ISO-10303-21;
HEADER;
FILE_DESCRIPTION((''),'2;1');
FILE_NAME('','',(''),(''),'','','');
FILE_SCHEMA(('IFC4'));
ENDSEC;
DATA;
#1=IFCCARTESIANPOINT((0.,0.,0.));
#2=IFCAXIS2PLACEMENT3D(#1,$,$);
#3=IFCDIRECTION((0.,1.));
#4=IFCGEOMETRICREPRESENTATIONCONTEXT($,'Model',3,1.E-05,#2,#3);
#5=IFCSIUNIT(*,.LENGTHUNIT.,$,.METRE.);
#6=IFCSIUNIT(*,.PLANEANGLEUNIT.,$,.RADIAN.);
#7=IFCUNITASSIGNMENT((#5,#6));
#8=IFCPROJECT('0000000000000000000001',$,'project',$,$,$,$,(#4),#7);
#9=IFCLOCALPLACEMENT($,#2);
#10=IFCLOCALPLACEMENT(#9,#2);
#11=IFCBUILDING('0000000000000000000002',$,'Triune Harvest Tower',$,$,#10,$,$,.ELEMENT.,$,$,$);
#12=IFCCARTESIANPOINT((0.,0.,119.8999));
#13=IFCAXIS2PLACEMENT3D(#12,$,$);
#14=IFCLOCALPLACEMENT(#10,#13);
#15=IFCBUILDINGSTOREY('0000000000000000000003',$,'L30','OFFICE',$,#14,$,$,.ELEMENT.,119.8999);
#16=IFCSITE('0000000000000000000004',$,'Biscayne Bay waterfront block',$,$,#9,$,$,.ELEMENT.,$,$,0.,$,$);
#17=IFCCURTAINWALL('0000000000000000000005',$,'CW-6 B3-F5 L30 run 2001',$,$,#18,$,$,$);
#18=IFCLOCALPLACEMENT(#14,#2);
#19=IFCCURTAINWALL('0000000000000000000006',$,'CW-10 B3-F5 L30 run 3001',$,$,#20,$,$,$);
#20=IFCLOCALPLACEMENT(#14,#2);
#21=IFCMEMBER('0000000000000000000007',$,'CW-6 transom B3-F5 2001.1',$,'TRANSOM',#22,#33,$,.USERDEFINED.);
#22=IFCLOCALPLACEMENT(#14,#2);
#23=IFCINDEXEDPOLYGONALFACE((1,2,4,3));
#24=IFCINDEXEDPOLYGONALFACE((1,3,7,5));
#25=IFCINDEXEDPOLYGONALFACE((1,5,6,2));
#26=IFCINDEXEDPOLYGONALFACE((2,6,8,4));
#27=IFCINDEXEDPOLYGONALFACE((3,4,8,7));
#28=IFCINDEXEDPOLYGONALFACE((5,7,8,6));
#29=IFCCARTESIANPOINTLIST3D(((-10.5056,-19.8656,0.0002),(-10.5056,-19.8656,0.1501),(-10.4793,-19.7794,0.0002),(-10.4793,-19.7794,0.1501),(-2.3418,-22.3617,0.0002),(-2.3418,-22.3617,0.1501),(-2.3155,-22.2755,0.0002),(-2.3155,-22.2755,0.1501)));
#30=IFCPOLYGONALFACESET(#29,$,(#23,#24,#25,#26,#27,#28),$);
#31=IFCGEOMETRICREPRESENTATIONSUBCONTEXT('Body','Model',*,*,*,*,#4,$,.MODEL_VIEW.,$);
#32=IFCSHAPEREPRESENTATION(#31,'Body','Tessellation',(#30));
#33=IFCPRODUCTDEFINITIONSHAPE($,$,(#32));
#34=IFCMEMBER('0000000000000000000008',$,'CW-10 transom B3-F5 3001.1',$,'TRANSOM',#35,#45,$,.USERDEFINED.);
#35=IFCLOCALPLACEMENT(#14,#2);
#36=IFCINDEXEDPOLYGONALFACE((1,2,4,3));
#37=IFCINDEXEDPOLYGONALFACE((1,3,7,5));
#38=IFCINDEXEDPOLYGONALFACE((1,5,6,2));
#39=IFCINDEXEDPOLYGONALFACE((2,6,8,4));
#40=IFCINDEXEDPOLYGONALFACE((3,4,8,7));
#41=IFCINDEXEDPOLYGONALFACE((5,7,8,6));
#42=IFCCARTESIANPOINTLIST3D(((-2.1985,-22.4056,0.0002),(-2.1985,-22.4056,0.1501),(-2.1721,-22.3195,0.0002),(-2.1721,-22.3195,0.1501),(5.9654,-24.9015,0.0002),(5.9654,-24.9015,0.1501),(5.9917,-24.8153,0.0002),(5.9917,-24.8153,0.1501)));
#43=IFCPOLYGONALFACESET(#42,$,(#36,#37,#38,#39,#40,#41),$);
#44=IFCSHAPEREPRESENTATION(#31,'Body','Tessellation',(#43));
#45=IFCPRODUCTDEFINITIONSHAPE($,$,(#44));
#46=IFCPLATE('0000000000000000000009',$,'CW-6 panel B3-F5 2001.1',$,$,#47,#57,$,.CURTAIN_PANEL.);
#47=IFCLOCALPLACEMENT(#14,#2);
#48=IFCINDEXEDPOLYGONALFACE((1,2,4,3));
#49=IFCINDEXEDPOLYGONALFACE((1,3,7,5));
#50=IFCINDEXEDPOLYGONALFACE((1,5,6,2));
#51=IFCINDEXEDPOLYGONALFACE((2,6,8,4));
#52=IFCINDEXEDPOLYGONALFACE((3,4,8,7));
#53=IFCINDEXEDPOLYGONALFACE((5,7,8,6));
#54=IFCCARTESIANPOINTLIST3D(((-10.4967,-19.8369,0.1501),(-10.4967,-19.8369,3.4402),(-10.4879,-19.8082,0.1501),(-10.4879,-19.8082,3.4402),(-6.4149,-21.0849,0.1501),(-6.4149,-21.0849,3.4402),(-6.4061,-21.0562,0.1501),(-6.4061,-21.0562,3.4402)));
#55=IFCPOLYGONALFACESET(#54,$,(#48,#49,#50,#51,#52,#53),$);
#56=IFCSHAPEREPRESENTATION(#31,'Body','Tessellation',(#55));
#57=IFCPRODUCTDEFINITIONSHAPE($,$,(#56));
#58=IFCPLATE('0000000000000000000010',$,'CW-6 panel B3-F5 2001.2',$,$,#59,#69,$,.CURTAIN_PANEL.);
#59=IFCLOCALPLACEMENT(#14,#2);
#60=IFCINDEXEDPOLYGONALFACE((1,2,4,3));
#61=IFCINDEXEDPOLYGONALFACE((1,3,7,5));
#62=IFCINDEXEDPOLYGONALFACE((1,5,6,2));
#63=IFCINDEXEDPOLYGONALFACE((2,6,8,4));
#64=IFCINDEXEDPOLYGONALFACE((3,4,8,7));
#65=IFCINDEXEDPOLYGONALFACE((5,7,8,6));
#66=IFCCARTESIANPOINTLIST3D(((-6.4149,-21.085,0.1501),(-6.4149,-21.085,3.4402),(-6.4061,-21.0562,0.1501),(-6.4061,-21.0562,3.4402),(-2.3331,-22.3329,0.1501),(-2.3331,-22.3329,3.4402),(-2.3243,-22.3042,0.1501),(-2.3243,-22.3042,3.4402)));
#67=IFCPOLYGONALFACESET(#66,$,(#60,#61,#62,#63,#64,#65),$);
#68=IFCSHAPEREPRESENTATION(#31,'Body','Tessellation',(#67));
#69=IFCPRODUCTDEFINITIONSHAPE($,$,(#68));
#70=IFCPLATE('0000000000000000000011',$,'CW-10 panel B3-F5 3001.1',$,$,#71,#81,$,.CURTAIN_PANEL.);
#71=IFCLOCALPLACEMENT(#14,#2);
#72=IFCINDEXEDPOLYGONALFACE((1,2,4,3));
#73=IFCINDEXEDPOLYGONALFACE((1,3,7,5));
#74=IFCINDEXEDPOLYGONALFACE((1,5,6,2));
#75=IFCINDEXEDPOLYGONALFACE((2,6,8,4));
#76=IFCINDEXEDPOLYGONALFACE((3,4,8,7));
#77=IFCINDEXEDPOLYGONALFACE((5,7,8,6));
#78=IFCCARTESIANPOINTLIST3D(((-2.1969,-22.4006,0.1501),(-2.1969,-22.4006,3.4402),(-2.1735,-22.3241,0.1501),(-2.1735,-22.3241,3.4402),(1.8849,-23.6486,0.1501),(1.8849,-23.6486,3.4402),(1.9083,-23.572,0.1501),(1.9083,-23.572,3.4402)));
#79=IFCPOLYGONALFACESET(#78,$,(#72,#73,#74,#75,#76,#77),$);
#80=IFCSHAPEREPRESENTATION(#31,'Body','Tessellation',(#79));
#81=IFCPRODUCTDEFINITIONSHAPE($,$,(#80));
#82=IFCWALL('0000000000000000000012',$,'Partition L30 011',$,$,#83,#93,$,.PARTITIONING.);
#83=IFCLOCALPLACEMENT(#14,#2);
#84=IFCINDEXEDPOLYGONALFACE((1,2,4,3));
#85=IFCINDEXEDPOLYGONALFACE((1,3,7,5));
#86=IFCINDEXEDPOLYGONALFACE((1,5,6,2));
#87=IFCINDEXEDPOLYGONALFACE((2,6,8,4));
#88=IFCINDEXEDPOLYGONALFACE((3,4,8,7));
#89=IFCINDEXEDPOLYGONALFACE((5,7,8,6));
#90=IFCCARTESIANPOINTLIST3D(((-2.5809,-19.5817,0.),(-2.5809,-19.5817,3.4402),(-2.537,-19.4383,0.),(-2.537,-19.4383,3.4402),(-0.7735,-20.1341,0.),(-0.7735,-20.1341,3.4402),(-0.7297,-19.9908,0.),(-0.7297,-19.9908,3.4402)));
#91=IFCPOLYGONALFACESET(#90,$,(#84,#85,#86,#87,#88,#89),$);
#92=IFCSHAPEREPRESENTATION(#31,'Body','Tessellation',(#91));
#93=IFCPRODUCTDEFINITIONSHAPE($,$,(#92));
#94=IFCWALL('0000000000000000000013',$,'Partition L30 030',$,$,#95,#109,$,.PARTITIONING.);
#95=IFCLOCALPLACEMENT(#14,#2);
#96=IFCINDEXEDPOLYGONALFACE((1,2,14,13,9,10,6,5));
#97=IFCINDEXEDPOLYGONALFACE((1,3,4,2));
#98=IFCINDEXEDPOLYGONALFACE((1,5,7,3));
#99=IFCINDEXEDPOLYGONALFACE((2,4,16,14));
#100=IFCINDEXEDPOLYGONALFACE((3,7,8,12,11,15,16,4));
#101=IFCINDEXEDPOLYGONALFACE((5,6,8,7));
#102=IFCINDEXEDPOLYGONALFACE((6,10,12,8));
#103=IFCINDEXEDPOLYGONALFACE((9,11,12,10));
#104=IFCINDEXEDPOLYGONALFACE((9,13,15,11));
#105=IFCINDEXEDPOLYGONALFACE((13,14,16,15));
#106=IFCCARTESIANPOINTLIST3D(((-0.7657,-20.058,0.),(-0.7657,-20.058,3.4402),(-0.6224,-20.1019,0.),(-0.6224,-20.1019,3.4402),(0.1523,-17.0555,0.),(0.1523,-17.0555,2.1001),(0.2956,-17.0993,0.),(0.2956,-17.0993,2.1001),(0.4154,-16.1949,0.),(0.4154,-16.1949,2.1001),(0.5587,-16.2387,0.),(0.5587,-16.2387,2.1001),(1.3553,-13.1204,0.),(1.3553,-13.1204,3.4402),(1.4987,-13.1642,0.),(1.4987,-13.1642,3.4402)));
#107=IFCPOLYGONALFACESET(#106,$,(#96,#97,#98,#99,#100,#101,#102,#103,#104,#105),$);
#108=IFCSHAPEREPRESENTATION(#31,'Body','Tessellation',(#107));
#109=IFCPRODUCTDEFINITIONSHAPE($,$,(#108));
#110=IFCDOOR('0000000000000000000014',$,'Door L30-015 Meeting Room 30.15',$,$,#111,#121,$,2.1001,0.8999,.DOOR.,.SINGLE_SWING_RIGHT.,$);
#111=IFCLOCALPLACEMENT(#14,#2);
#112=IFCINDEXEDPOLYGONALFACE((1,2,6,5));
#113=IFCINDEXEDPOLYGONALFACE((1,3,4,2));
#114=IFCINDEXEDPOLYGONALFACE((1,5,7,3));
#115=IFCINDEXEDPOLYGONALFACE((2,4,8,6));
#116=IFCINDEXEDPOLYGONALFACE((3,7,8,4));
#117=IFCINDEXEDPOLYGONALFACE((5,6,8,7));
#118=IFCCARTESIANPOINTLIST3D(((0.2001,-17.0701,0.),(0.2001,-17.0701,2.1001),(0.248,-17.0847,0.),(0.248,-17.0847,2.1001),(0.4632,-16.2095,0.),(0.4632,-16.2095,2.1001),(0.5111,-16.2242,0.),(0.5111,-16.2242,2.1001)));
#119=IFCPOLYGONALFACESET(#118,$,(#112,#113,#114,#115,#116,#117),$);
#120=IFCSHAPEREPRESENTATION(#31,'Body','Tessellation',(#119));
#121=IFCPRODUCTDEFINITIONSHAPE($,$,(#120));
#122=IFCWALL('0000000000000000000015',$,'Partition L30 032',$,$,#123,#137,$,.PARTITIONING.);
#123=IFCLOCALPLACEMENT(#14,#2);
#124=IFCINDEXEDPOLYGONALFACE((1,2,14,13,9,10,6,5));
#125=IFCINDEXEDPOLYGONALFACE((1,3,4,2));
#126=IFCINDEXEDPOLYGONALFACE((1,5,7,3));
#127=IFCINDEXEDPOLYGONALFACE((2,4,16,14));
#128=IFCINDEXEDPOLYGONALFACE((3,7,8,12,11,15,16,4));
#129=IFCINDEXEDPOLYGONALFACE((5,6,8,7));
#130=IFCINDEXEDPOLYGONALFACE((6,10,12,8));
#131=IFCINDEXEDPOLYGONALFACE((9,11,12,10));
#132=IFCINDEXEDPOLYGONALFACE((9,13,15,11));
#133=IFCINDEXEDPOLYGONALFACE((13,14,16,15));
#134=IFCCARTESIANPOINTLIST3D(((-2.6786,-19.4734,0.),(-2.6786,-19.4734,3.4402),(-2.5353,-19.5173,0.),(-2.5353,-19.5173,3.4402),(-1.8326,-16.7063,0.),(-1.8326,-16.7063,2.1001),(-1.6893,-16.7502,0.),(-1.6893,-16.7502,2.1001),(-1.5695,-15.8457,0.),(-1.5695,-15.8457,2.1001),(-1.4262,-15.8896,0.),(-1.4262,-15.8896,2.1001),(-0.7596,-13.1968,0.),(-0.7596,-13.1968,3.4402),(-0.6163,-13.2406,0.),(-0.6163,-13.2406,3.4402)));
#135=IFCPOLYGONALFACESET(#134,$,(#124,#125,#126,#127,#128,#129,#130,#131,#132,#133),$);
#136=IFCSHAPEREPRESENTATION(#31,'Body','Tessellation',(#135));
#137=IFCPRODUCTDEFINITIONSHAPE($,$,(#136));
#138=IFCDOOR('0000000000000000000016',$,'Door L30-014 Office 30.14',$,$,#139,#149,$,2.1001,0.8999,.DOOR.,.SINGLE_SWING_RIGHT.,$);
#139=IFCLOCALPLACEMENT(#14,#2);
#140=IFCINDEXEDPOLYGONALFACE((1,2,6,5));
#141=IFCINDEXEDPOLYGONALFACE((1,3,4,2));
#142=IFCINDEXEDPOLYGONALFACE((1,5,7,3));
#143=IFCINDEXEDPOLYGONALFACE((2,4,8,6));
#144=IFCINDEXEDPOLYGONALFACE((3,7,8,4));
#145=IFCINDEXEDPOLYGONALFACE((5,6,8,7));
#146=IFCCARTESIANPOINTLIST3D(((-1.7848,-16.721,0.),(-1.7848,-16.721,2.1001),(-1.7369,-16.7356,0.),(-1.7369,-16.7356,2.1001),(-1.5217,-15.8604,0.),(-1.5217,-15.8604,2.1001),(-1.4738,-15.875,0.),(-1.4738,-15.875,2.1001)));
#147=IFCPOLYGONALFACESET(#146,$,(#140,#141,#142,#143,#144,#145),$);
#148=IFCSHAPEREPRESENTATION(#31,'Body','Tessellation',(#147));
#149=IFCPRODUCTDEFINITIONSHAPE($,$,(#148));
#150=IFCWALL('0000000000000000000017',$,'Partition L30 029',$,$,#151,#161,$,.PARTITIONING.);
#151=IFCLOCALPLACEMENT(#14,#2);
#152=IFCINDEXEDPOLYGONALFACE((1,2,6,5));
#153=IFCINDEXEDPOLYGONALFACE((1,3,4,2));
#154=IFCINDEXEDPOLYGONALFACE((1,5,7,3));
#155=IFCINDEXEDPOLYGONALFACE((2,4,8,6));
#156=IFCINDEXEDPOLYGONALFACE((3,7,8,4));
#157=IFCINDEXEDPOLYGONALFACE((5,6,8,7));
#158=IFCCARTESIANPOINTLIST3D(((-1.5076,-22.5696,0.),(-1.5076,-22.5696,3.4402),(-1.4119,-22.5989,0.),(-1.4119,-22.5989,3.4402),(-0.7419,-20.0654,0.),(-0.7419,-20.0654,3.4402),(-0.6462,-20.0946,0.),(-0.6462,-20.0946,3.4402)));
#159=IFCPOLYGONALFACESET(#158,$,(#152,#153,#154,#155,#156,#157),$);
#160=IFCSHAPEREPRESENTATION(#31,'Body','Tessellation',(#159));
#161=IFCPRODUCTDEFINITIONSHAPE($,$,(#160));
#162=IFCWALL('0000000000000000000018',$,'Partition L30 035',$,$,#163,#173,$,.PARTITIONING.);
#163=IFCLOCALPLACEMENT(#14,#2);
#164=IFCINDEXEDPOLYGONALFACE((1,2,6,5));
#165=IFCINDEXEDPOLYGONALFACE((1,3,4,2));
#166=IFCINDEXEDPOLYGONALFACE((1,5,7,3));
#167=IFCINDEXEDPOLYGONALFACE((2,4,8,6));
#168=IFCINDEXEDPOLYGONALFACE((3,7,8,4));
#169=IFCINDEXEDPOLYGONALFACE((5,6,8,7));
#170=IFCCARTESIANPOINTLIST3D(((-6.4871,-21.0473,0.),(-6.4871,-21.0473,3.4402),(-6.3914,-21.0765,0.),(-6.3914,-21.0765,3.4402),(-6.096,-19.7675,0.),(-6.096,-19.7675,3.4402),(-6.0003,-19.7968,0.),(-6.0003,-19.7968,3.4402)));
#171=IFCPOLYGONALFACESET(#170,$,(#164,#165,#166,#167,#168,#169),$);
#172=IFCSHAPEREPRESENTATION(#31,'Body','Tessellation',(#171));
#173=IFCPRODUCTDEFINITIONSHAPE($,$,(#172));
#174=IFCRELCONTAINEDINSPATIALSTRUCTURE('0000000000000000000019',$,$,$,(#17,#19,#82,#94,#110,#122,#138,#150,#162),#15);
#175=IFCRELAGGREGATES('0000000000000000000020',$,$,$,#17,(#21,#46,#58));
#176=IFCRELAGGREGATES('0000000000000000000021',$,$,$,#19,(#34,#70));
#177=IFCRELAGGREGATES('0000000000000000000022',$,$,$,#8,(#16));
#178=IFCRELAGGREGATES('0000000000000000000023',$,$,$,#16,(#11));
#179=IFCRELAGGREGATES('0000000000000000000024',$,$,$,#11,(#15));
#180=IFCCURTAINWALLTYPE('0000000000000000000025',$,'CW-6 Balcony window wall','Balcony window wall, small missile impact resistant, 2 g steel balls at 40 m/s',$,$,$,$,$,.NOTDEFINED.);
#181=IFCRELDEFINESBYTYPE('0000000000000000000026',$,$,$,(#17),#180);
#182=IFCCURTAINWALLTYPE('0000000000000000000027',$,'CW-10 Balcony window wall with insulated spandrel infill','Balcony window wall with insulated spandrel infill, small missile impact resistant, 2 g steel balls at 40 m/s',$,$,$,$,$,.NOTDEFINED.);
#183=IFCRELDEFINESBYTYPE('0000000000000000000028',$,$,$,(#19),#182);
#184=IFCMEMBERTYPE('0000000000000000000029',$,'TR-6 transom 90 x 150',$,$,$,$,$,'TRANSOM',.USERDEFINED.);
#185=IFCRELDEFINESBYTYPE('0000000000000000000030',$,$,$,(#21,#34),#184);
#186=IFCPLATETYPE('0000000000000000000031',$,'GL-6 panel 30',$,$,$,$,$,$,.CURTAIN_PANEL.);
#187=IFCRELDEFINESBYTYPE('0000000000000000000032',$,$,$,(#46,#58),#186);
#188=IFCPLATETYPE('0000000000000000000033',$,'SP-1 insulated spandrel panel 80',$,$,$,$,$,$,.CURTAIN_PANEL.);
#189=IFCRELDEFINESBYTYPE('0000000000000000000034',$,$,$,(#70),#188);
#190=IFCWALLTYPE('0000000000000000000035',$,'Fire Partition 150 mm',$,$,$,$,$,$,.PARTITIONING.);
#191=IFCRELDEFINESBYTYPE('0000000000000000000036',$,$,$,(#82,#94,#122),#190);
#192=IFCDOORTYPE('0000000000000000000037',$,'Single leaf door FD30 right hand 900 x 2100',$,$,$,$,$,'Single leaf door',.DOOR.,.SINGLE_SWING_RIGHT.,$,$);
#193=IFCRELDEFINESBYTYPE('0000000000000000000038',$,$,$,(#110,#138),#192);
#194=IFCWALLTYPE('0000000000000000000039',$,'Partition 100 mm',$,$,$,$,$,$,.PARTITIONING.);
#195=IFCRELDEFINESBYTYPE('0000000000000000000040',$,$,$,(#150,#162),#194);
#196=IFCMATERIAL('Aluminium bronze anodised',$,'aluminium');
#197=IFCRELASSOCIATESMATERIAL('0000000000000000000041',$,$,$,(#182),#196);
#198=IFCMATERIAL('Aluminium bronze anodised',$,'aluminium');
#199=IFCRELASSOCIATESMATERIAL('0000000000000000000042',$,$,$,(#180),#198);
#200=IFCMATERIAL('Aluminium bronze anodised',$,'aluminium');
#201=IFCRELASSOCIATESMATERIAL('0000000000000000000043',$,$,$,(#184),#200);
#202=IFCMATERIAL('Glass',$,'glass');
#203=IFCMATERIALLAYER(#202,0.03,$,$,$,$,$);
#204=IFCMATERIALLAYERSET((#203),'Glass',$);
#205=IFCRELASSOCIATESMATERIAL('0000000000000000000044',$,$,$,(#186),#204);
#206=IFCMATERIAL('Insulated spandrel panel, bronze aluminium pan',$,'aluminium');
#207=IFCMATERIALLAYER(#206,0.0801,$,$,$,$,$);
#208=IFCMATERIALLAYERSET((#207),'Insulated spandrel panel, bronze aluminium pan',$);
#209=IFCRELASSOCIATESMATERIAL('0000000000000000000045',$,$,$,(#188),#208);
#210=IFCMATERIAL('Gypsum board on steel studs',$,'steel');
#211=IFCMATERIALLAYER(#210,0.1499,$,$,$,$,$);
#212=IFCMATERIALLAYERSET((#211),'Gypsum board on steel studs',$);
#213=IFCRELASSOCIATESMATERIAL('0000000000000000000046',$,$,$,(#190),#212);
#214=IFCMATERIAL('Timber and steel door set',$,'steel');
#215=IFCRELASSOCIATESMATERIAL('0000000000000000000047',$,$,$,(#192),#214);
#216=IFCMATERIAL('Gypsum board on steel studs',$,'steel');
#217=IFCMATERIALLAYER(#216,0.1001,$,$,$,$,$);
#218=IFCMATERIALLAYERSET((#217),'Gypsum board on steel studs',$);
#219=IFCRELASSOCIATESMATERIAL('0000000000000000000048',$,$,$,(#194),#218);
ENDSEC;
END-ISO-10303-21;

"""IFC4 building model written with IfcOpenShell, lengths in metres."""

from ifc_helpers import new_model, si_unit, direction, frame, frame_2d, origin, origin_2d, place, context, subcontext, project, spatial, rectangle, extrude, source, transform, mapped, material, layer, layer_set, material_profile, profile_set, type_object, element, fill, aggregate, save


model = new_model("IFC4")

# Units and contexts
model_context = context("Model", 3, precision=1e-05, world=origin(), true_north=direction((0.0, 1.0)))
body_context = subcontext(model_context, "Body", "Model", "MODEL_VIEW")
ifc_project = project(units=[si_unit("LENGTHUNIT", "METRE"), si_unit("PLANEANGLEUNIT", "RADIAN")], contexts=[model_context])

# Site, building, storey
site_placement = place(None, origin())
site = spatial("IfcSite", under=ifc_project, at=site_placement, Name="Biscayne Bay waterfront block", CompositionType="ELEMENT", RefElevation=0.0)
building_placement = place(site_placement, origin())
building = spatial("IfcBuilding", under=site, at=building_placement, Name="Triune Harvest Tower", CompositionType="ELEMENT")
storey_placement = place(building_placement, frame((0.0, 0.0, 119.8999)))
storey = spatial("IfcBuildingStorey", under=building, at=storey_placement, Name="L30", Description="OFFICE", CompositionType="ELEMENT", Elevation=119.8999)

# Shared definitions
ifc_material_1 = material(Name="Aluminium bronze anodised", Category="aluminium")
curtain_wall_type_1 = type_object("IfcCurtainWallType", Name="CW-10 Balcony window wall with insulated spandrel infill", Description="Balcony window wall with insulated spandrel infill, small missile impact resistant, 2 g steel balls at 40 m/s", PredefinedType="NOTDEFINED", material=ifc_material_1)

# Curtain wall
ifc_material_2 = material(Name="Aluminium bronze anodised", Category="aluminium")
curtain_wall_type_2 = type_object("IfcCurtainWallType", Name="CW-6 Balcony window wall", Description="Balcony window wall, small missile impact resistant, 2 g steel balls at 40 m/s", PredefinedType="NOTDEFINED", material=ifc_material_2)
curtain_wall_1_placement = place(storey_placement, origin())
curtain_wall_1 = element("IfcCurtainWall", 1, at=curtain_wall_1_placement, inside=storey, type_object=curtain_wall_type_2, Name="CW-6 B3-F5 L30 run 2001")

# Curtain wall
curtain_wall_2_placement = place(storey_placement, origin())
curtain_wall_2 = element("IfcCurtainWall", 2, at=curtain_wall_2_placement, inside=storey, type_object=curtain_wall_type_1, Name="CW-10 B3-F5 L30 run 3001")

# Members
ifc_material_3 = material(Name="Aluminium bronze anodised", Category="aluminium")
ifc_material_profile_1 = material_profile(ifc_material_3, rectangle(XDim=0.0901, YDim=0.1499, at=origin_2d()), Name="TR-6 transom 90 x 150")
ifc_profile_set_1 = profile_set([ifc_material_profile_1], Name="Aluminium bronze anodised")
member_type_1 = type_object("IfcMemberType", Name="TR-6 transom 90 x 150", ElementType="TRANSOM", PredefinedType="USERDEFINED", material=ifc_profile_set_1)
shared_shape_1 = source(origin(), body_context, "Body", "SweptSolid", [
    extrude(rectangle(XDim=0.0901, YDim=0.1499, at=origin_2d()), origin(), (0.0, 0.0, 1.0), 8.5369),
])
member_1_placement = place(storey_placement, frame((-10.4924, -19.8225, 0.0752), z_axis=(0.956299, -0.292389, 0.0), x_axis=(0.292389, 0.956299, 0.0)))
member_1 = element("IfcMember", 3, at=member_1_placement, type_object=member_type_1, Name="CW-6 transom B3-F5 2001.1", ObjectType="TRANSOM", PredefinedType="USERDEFINED", context=body_context, shape_type="MappedRepresentation", body=[
    mapped(shared_shape_1, transform((0.0, 0.0, 0.0), scale=1.0)),
])
member_2_placement = place(storey_placement, frame((-2.1853, -22.3625, 0.0752), z_axis=(0.956307, -0.292363, 0.0), x_axis=(0.292363, 0.956307, 0.0)))
member_2 = element("IfcMember", 4, at=member_2_placement, type_object=member_type_1, Name="CW-10 transom B3-F5 3001.1", ObjectType="TRANSOM", PredefinedType="USERDEFINED", context=body_context, shape_type="MappedRepresentation", body=[
    mapped(shared_shape_1, transform((0.0, 0.0, 0.0), scale=1.0)),
])

# Plates
ifc_material_4 = material(Name="Glass", Category="glass")
ifc_layer_1 = layer(ifc_material_4, 0.03)
ifc_layer_set_1 = layer_set([ifc_layer_1], Name="Glass")
plate_type_1 = type_object("IfcPlateType", Name="GL-6 panel 30", PredefinedType="CURTAIN_PANEL", material=ifc_layer_set_1)
shared_shape_2 = source(origin(), body_context, "Body", "SweptSolid", [
    extrude(rectangle(XDim=4.2683, YDim=0.03, at=origin_2d()), origin(), (0.0, 0.0, 1.0), 3.29),
])
plate_1_placement = place(storey_placement, frame((-8.4514, -20.4465, 0.1501), z_axis=(0.0, 0.0, 1.0), x_axis=(0.956303, -0.292379, 0.0)))
plate_1 = element("IfcPlate", 5, at=plate_1_placement, type_object=plate_type_1, Name="CW-6 panel B3-F5 2001.1", PredefinedType="CURTAIN_PANEL", context=body_context, shape_type="MappedRepresentation", body=[
    mapped(shared_shape_2, transform((0.0, 0.0, 0.0), scale=1.0)),
])
plate_2_placement = place(storey_placement, frame((-4.3696, -21.6946, 0.1501), z_axis=(0.0, 0.0, 1.0), x_axis=(0.956303, -0.292379, 0.0)))
plate_2 = element("IfcPlate", 6, at=plate_2_placement, type_object=plate_type_1, Name="CW-6 panel B3-F5 2001.2", PredefinedType="CURTAIN_PANEL", context=body_context, shape_type="MappedRepresentation", body=[
    mapped(shared_shape_2, transform((0.0, 0.0, 0.0), scale=1.0)),
])
aggregate(curtain_wall_1, [member_1, plate_1, plate_2])
ifc_material_5 = material(Name="Insulated spandrel panel, bronze aluminium pan", Category="aluminium")
ifc_layer_2 = layer(ifc_material_5, 0.0801)
ifc_layer_set_2 = layer_set([ifc_layer_2], Name="Insulated spandrel panel, bronze aluminium pan")
plate_type_2 = type_object("IfcPlateType", Name="SP-1 insulated spandrel panel 80", PredefinedType="CURTAIN_PANEL", material=ifc_layer_set_2)
shared_shape_3 = source(origin(), body_context, "Body", "SweptSolid", [
    extrude(rectangle(XDim=4.2683, YDim=0.0801, at=origin_2d()), origin(), (0.0, 0.0, 1.0), 3.29),
])
plate_3_placement = place(storey_placement, frame((-0.1443, -22.9863, 0.1501), z_axis=(0.0, 0.0, 1.0), x_axis=(0.956304, -0.292373, 0.0)))
plate_3 = element("IfcPlate", 7, at=plate_3_placement, type_object=plate_type_2, Name="CW-10 panel B3-F5 3001.1", PredefinedType="CURTAIN_PANEL", context=body_context, shape_type="MappedRepresentation", body=[
    mapped(shared_shape_3, transform((0.0, 0.0, 0.0), scale=1.0)),
])
aggregate(curtain_wall_2, [member_2, plate_3])

# Wall
ifc_material_6 = material(Name="Gypsum board on steel studs", Category="steel")
ifc_layer_3 = layer(ifc_material_6, 0.1499)
ifc_layer_set_3 = layer_set([ifc_layer_3], Name="Gypsum board on steel studs")
wall_type_1 = type_object("IfcWallType", Name="Fire Partition 150 mm", PredefinedType="PARTITIONING", material=ifc_layer_set_3)
wall_1_placement = place(storey_placement, frame((-2.5588, -19.51, 0.0), z_axis=(0.0, 0.0, 1.0), x_axis=(0.956316, -0.292333, 0.0)))
element("IfcWall", 8, at=wall_1_placement, inside=storey, type_object=wall_type_1, Name="Partition L30 011", PredefinedType="PARTITIONING", context=body_context, shape_type="SweptSolid", body=[
    extrude(rectangle(XDim=1.8899, YDim=0.1499, at=frame_2d((0.9448, 0.0))), origin(), (0.0, 0.0, 1.0), 3.4402),
])

# Walls, openings, doors
wall_2_placement = place(storey_placement, frame((-0.6941, -20.0801, 0.0), z_axis=(0.0, 0.0, 1.0), x_axis=(0.292373, 0.956304, 0.0)))
wall_2 = element("IfcWall", 9, at=wall_2_placement, inside=storey, type_object=wall_type_1, Name="Partition L30 030", PredefinedType="PARTITIONING", context=body_context, shape_type="SweptSolid", body=[
    extrude(rectangle(XDim=7.2546, YDim=0.1499, at=frame_2d((3.6274, 0.0))), origin(), (0.0, 0.0, 1.0), 3.4402),
])
opening_1_placement = place(wall_2_placement, frame((3.1399, 0.0, 0.0)))
opening_1 = element("IfcOpeningElement", 10, at=opening_1_placement, cuts=wall_2, PredefinedType="OPENING", context=body_context, shape_type="SweptSolid", body=[
    extrude(rectangle(XDim=0.8999, YDim=2.1001, at=frame_2d((0.45, 1.05))), frame((0.0, 0.085, 0.0), z_axis=(0.0, -1.0, 0.0), x_axis=(1.0, 0.0, 0.0)), (0.0, 0.0, 1.0), 0.1699),
])
ifc_material_7 = material(Name="Timber and steel door set", Category="steel")
door_type = type_object("IfcDoorType", Name="Single leaf door FD30 right hand 900 x 2100", ElementType="Single leaf door", OperationType="SINGLE_SWING_RIGHT", PredefinedType="DOOR", material=ifc_material_7)
door_1_placement = place(opening_1_placement, origin())
door_1 = element("IfcDoor", 11, at=door_1_placement, inside=storey, type_object=door_type, Name="Door L30-015 Meeting Room 30.15", OperationType="SINGLE_SWING_RIGHT", OverallHeight=2.1001, OverallWidth=0.8999, PredefinedType="DOOR", context=body_context, shape_type="SweptSolid", body=[
    extrude(rectangle(XDim=0.8999, YDim=2.1001, at=frame_2d((0.45, 1.05))), frame((0.0, 0.0249, 0.0), z_axis=(0.0, -1.0, 0.0), x_axis=(1.0, 0.0, 0.0)), (0.0, 0.0, 1.0), 0.05),
])
fill(opening_1, door_1)
wall_3_placement = place(storey_placement, frame((-2.6069, -19.4954, 0.0), z_axis=(0.0, 0.0, 1.0), x_axis=(0.292371, 0.956305, 0.0)))
wall_3 = element("IfcWall", 12, at=wall_3_placement, inside=storey, type_object=wall_type_1, Name="Partition L30 032", PredefinedType="PARTITIONING", context=body_context, shape_type="SweptSolid", body=[
    extrude(rectangle(XDim=6.5635, YDim=0.1499, at=frame_2d((3.2817, 0.0))), origin(), (0.0, 0.0, 1.0), 3.4402),
])
opening_2_placement = place(wall_3_placement, frame((2.8936, 0.0, 0.0)))
opening_2 = element("IfcOpeningElement", 13, at=opening_2_placement, cuts=wall_3, PredefinedType="OPENING", context=body_context, shape_type="SweptSolid", body=[
    extrude(rectangle(XDim=0.8999, YDim=2.1001, at=frame_2d((0.45, 1.05))), frame((0.0, 0.085, 0.0), z_axis=(0.0, -1.0, 0.0), x_axis=(1.0, 0.0, 0.0)), (0.0, 0.0, 1.0), 0.1699),
])
door_2_placement = place(opening_2_placement, origin())
door_2 = element("IfcDoor", 14, at=door_2_placement, inside=storey, type_object=door_type, Name="Door L30-014 Office 30.14", OperationType="SINGLE_SWING_RIGHT", OverallHeight=2.1001, OverallWidth=0.8999, PredefinedType="DOOR", context=body_context, shape_type="SweptSolid", body=[
    extrude(rectangle(XDim=0.8999, YDim=2.1001, at=frame_2d((0.45, 1.05))), frame((0.0, 0.0249, 0.0), z_axis=(0.0, -1.0, 0.0), x_axis=(1.0, 0.0, 0.0)), (0.0, 0.0, 1.0), 0.05),
])
fill(opening_2, door_2)

# Walls
ifc_material_8 = material(Name="Gypsum board on steel studs", Category="steel")
ifc_layer_4 = layer(ifc_material_8, 0.1001)
ifc_layer_set_4 = layer_set([ifc_layer_4], Name="Gypsum board on steel studs")
wall_type_2 = type_object("IfcWallType", Name="Partition 100 mm", PredefinedType="PARTITIONING", material=ifc_layer_set_4)
wall_4_placement = place(storey_placement, frame((-1.4597, -22.5842, 0.0), z_axis=(0.0, 0.0, 1.0), x_axis=(0.292382, 0.956302, 0.0)))
element("IfcWall", 15, at=wall_4_placement, inside=storey, type_object=wall_type_2, Name="Partition L30 029", PredefinedType="PARTITIONING", context=body_context, shape_type="SweptSolid", body=[
    extrude(rectangle(XDim=2.6187, YDim=0.1001, at=frame_2d((1.3093, 0.0))), origin(), (0.0, 0.0, 1.0), 3.4402),
])
shared_shape_4 = source(origin(), body_context, "Body", "SweptSolid", [
    extrude(rectangle(XDim=1.3381, YDim=0.1001, at=frame_2d((0.6689, 0.0))), origin(), (0.0, 0.0, 1.0), 3.4402),
])
wall_5_placement = place(storey_placement, frame((-6.4392, -21.0618, 0.0), z_axis=(0.0, 0.0, 1.0), x_axis=(0.292265, 0.956337, 0.0)))
element("IfcWall", 16, at=wall_5_placement, inside=storey, type_object=wall_type_2, Name="Partition L30 035", PredefinedType="PARTITIONING", context=body_context, shape_type="MappedRepresentation", body=[
    mapped(shared_shape_4, transform((0.0, 0.0, 0.0), scale=1.0)),
])

save(model, "model.ifc")
